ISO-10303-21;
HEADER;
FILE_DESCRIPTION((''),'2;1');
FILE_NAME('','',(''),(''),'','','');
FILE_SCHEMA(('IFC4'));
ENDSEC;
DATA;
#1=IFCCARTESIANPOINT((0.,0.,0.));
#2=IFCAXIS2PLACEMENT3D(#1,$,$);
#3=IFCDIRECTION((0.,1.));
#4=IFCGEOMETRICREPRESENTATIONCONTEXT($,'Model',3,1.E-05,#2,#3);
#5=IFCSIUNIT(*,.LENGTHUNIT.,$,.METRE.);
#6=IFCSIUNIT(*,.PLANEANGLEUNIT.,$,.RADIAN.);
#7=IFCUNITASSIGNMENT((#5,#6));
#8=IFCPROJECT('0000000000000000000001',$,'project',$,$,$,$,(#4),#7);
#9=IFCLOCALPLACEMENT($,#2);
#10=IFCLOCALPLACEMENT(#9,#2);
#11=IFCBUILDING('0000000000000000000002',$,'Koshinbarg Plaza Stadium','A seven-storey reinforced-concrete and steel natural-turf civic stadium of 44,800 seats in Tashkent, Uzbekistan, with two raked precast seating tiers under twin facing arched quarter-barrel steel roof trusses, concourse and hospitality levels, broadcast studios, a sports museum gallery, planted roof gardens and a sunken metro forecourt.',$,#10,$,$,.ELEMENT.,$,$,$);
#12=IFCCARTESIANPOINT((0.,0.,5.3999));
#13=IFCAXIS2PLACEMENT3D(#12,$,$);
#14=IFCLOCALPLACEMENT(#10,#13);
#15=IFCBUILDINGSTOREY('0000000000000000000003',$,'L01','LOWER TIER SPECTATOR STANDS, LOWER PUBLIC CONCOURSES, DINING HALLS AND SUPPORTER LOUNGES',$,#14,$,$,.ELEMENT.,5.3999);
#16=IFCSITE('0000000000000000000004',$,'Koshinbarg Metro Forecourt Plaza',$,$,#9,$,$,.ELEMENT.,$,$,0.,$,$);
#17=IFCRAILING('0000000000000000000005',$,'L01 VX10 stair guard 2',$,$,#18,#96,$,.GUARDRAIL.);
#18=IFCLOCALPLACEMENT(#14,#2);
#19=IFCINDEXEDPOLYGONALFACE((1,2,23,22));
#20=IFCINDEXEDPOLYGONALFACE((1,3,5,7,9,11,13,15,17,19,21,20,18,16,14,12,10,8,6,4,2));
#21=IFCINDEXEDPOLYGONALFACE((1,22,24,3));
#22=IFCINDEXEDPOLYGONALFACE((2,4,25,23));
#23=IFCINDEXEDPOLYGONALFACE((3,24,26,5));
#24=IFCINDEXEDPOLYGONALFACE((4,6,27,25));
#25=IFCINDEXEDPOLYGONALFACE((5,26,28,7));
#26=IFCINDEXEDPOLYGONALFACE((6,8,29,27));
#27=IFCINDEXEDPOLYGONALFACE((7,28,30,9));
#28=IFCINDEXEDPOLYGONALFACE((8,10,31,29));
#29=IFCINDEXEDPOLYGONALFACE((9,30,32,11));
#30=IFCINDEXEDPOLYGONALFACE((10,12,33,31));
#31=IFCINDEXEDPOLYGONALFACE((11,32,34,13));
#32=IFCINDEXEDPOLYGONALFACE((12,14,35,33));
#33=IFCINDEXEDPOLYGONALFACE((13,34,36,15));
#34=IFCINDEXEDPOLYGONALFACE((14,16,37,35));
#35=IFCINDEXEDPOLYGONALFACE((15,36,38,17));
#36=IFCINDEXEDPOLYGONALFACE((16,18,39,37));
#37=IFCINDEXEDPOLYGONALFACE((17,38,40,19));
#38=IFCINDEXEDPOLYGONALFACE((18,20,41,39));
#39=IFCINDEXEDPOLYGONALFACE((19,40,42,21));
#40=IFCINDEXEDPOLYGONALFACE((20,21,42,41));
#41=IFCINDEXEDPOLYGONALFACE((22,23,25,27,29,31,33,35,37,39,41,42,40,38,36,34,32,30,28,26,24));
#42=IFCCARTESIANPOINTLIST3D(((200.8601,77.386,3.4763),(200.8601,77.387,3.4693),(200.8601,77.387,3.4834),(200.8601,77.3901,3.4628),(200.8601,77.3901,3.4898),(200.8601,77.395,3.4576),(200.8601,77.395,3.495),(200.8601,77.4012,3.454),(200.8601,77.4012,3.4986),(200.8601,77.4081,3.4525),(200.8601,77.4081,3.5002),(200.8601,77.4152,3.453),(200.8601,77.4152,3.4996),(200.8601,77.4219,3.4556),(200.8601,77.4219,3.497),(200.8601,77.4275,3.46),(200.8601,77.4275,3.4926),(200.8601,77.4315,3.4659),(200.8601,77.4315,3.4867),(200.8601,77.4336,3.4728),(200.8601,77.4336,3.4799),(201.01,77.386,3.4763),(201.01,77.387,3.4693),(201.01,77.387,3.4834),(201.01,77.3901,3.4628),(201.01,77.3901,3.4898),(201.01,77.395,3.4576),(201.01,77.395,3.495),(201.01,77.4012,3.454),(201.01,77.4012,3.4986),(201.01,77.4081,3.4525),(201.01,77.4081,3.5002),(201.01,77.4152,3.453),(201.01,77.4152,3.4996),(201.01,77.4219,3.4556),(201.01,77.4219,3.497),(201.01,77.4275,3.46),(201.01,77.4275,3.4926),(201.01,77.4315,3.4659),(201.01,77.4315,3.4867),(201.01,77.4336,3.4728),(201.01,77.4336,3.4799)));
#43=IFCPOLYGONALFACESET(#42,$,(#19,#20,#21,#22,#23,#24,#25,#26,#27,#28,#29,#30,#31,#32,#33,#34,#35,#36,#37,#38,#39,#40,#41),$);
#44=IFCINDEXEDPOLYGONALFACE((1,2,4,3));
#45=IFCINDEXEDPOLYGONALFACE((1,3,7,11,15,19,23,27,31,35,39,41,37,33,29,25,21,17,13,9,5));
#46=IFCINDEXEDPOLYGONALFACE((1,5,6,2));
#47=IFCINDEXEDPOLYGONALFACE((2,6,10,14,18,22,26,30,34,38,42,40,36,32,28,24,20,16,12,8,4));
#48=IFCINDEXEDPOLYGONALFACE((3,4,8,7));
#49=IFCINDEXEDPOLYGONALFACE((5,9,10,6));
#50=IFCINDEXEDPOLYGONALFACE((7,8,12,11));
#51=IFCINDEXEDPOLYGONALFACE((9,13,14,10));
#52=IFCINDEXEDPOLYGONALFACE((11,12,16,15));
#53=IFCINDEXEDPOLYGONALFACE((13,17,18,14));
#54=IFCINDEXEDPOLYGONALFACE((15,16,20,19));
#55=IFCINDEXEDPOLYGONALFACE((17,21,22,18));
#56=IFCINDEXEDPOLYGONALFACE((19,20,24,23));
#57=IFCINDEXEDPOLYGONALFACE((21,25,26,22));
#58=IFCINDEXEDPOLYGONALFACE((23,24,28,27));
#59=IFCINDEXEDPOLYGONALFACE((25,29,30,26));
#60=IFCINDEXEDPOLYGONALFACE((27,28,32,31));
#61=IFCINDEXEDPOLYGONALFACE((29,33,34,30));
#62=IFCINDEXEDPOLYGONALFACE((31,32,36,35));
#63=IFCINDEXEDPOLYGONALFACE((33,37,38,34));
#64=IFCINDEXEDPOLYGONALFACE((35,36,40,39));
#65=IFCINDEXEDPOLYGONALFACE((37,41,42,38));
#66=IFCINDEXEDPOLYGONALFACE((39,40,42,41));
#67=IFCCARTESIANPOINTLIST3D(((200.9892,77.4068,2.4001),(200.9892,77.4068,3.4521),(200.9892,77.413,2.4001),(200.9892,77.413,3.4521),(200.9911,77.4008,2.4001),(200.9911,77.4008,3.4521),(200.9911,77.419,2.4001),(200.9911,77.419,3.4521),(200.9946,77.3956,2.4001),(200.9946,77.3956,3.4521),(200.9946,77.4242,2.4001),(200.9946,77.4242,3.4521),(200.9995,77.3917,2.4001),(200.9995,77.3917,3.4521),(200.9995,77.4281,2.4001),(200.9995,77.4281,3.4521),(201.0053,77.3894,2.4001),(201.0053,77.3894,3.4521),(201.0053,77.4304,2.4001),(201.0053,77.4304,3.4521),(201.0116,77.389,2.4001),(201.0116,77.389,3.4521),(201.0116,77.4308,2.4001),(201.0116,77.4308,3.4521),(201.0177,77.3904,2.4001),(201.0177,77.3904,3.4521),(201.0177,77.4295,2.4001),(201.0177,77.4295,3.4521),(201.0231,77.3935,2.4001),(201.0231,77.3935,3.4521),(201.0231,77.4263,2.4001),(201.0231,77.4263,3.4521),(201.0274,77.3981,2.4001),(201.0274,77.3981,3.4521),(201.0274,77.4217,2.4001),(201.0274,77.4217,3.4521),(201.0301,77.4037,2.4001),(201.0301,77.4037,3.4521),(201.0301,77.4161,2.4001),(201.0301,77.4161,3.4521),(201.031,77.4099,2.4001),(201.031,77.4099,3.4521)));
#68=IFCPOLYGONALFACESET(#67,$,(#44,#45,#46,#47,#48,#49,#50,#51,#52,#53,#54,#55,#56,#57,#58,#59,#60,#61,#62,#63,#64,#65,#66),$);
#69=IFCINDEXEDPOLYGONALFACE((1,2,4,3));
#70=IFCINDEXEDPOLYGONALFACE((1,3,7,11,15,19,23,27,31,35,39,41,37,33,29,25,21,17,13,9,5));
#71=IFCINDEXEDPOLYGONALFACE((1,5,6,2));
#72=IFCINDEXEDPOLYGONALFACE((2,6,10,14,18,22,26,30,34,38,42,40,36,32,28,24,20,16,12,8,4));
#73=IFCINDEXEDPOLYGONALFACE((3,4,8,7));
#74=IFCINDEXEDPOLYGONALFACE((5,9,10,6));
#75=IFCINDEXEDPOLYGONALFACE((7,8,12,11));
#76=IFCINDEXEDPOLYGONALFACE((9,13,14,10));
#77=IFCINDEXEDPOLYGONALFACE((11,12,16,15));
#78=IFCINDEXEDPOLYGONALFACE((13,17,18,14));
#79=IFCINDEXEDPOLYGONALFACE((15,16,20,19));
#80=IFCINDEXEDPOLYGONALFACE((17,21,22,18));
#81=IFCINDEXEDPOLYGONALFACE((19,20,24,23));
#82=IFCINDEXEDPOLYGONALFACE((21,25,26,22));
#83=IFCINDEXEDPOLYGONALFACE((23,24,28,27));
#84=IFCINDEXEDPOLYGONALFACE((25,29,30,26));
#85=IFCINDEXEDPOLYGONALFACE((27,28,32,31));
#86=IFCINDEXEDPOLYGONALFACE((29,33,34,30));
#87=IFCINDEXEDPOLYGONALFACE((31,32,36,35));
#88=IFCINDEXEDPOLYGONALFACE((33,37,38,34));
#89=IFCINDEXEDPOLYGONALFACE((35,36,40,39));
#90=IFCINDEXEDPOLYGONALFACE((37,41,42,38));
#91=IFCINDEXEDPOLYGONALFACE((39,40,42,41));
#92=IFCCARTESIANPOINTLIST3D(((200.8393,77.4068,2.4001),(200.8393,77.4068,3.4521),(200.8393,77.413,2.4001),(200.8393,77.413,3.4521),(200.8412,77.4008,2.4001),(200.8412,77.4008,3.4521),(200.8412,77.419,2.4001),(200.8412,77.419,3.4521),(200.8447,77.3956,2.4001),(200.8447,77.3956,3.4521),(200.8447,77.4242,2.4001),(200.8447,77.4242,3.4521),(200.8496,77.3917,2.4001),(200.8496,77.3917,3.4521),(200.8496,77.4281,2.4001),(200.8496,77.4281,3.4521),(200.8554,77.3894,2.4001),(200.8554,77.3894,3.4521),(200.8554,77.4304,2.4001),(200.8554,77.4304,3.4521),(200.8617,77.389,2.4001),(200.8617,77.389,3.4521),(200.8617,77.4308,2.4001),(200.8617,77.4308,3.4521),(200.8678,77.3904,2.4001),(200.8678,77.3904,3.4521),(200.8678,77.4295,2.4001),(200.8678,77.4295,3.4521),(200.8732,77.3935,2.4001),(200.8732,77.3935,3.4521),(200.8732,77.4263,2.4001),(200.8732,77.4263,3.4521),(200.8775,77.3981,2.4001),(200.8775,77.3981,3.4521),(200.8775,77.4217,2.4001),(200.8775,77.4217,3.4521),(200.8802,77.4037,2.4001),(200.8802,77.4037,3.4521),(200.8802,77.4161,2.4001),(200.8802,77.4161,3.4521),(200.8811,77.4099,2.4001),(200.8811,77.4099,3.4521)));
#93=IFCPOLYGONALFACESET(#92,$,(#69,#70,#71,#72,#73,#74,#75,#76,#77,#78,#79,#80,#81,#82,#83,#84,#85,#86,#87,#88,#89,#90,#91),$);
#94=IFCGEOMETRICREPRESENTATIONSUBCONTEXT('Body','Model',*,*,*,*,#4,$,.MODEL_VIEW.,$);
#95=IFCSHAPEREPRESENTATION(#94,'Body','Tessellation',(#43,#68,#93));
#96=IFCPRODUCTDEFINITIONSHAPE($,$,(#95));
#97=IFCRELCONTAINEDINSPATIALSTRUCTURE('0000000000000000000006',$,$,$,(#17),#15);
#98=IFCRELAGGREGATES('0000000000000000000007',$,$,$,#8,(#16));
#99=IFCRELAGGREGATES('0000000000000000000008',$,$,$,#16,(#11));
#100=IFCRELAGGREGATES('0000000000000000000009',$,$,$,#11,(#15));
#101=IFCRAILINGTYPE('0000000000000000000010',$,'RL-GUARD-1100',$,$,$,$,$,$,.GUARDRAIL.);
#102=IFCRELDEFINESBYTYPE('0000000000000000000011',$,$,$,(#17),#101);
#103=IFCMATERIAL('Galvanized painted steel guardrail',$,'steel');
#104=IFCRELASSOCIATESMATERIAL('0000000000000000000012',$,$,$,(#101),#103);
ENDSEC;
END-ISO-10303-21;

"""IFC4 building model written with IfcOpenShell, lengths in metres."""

from ifc_helpers import new_model, si_unit, direction, frame, origin, origin_2d, place, context, subcontext, project, spatial, circle, extrude, material, type_object, element, save


model = new_model("IFC4")

# Units and contexts
model_context = context("Model", 3, precision=1e-05, world=origin(), true_north=direction((0.0, 1.0)))
body_context = subcontext(model_context, "Body", "Model", "MODEL_VIEW")
ifc_project = project(units=[si_unit("LENGTHUNIT", "METRE"), si_unit("PLANEANGLEUNIT", "RADIAN")], contexts=[model_context])

# Site, building, storey
site_placement = place(None, origin())
site = spatial("IfcSite", under=ifc_project, at=site_placement, Name="Koshinbarg Metro Forecourt Plaza", CompositionType="ELEMENT", RefElevation=0.0)
building_placement = place(site_placement, origin())
building = spatial("IfcBuilding", under=site, at=building_placement, Name="Koshinbarg Plaza Stadium", Description="A seven-storey reinforced-concrete and steel natural-turf civic stadium of 44,800 seats in Tashkent, Uzbekistan, with two raked precast seating tiers under twin facing arched quarter-barrel steel roof trusses, concourse and hospitality levels, broadcast studios, a sports museum gallery, planted roof gardens and a sunken metro forecourt.", CompositionType="ELEMENT")
storey_placement = place(building_placement, frame((0.0, 0.0, 5.3999)))
storey = spatial("IfcBuildingStorey", under=building, at=storey_placement, Name="L01", Description="LOWER TIER SPECTATOR STANDS, LOWER PUBLIC CONCOURSES, DINING HALLS AND SUPPORTER LOUNGES", CompositionType="ELEMENT", Elevation=5.3999)

# Railing
ifc_material_1 = material(Name="Galvanized painted steel guardrail", Category="steel")
railing_type_1 = type_object("IfcRailingType", Name="RL-GUARD-1100", PredefinedType="GUARDRAIL", material=ifc_material_1)
railing_1_placement = place(storey_placement, frame((201.01, 77.4099, 2.4001)))
element("IfcRailing", 1, at=railing_1_placement, inside=storey, type_object=railing_type_1, Name="L01 VX10 stair guard 2", PredefinedType="GUARDRAIL", context=body_context, shape_type="SweptSolid", body=[
    extrude(circle(Radius=0.0239, at=origin_2d()), frame((0.0, 0.0, 1.0762), z_axis=(-1.0, 0.0, 0.0), x_axis=(0.0, -1.0, 0.0)), (0.0, 0.0, 1.0), 0.1499),
    extrude(circle(Radius=0.021, at=origin_2d()), origin(), (0.0, 0.0, 1.0), 1.052),
    extrude(circle(Radius=0.021, at=origin_2d()), frame((-0.1499, 0.0, 0.0)), (0.0, 0.0, 1.0), 1.052),
])

save(model, "model.ifc")
